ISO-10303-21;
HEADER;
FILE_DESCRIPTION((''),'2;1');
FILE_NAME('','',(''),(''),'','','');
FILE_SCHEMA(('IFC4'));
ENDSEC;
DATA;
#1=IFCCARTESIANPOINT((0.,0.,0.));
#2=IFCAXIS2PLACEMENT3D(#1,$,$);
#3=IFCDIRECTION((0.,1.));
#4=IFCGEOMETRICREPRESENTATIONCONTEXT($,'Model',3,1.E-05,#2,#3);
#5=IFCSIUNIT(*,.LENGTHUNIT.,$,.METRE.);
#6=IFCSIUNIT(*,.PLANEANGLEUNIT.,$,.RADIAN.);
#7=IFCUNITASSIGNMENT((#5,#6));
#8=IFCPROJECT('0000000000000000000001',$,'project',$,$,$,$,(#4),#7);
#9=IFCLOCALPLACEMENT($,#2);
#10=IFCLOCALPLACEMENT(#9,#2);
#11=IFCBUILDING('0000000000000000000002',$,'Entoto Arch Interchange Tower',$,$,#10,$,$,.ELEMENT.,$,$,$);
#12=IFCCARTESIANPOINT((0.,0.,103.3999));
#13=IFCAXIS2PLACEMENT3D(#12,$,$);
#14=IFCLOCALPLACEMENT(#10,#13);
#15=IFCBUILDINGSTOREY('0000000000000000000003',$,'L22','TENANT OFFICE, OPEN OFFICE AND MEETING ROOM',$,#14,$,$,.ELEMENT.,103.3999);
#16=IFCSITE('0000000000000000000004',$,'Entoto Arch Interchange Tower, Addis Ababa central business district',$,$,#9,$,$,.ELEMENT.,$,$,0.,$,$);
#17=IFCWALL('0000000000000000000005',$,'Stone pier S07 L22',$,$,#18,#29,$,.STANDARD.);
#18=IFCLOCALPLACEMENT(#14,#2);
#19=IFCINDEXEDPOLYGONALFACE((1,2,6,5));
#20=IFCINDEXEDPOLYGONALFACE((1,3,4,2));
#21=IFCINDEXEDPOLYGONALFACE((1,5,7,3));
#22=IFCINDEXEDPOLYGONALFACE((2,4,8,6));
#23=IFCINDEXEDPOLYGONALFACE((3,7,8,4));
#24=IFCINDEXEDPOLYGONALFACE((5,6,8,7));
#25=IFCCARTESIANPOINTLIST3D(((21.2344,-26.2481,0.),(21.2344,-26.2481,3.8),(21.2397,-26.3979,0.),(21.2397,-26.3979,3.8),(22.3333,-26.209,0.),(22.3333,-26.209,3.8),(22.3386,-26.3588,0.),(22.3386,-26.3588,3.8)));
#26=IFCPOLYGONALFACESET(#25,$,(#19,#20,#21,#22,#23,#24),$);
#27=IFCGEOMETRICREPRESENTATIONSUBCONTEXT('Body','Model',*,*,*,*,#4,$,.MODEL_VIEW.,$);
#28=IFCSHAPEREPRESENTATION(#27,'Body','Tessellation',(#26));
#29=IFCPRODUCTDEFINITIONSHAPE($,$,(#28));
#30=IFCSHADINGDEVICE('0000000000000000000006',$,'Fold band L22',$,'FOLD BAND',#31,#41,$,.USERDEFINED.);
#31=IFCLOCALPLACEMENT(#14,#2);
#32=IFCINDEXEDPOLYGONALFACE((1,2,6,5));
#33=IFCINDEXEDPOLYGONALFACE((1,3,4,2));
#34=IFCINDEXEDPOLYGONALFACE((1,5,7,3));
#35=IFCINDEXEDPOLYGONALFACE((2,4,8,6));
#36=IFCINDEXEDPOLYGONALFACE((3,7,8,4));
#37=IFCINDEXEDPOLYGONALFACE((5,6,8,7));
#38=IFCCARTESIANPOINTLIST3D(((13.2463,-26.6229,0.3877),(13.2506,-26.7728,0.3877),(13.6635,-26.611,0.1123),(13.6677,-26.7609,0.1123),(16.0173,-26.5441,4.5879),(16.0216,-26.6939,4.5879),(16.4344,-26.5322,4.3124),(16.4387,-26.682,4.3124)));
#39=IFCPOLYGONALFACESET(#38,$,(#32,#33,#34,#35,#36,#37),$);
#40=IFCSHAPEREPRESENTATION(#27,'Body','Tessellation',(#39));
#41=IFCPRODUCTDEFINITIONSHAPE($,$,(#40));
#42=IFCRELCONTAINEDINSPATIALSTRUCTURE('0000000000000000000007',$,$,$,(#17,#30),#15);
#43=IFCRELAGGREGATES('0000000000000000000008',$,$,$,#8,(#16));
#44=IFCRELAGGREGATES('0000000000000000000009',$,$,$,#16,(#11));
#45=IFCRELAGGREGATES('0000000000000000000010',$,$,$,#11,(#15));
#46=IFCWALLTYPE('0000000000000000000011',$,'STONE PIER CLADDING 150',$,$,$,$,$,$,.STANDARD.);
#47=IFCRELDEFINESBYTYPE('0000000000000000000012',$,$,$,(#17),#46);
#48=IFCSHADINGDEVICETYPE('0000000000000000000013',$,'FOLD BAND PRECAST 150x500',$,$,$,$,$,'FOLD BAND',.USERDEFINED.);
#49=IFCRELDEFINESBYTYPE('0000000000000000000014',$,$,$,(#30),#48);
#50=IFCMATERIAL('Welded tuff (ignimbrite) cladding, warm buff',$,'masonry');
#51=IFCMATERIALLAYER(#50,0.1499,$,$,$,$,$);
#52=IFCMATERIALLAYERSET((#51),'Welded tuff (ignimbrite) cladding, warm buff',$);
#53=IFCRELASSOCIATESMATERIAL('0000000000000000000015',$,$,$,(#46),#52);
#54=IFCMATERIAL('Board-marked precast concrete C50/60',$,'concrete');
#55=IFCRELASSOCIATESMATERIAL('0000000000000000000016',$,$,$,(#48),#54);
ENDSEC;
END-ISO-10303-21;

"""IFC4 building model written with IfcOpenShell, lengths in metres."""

from ifc_helpers import new_model, si_unit, direction, frame, frame_2d, origin, origin_2d, place, context, subcontext, project, spatial, rectangle, extrude, material, layer, layer_set, material_profile, profile_set, type_object, element, save


model = new_model("IFC4")

# Units and contexts
model_context = context("Model", 3, precision=1e-05, world=origin(), true_north=direction((0.0, 1.0)))
body_context = subcontext(model_context, "Body", "Model", "MODEL_VIEW")
ifc_project = project(units=[si_unit("LENGTHUNIT", "METRE"), si_unit("PLANEANGLEUNIT", "RADIAN")], contexts=[model_context])

# Site, building, storey
site_placement = place(None, origin())
site = spatial("IfcSite", under=ifc_project, at=site_placement, Name="Entoto Arch Interchange Tower, Addis Ababa central business district", CompositionType="ELEMENT", RefElevation=0.0)
building_placement = place(site_placement, origin())
building = spatial("IfcBuilding", under=site, at=building_placement, Name="Entoto Arch Interchange Tower", CompositionType="ELEMENT")
storey_placement = place(building_placement, frame((0.0, 0.0, 103.3999)))
storey = spatial("IfcBuildingStorey", under=building, at=storey_placement, Name="L22", Description="TENANT OFFICE, OPEN OFFICE AND MEETING ROOM", CompositionType="ELEMENT", Elevation=103.3999)

# Shared definitions
ifc_material_1 = material(Name="Board-marked precast concrete C50/60", Category="concrete")

# Shared definitions
ifc_material_2 = material(Name="Welded tuff (ignimbrite) cladding, warm buff", Category="masonry")

# Wall
ifc_layer_1 = layer(ifc_material_2, 0.1499)
ifc_layer_set_1 = layer_set([ifc_layer_1], Name="Welded tuff (ignimbrite) cladding, warm buff")
wall_type_1 = type_object("IfcWallType", Name="STONE PIER CLADDING 150", PredefinedType="STANDARD", material=ifc_layer_set_1)
wall_1_placement = place(storey_placement, frame((21.2371, -26.323, 0.0), z_axis=(0.0, 0.0, 1.0), x_axis=(0.999369, 0.035525, 0.0)))
element("IfcWall", 1, at=wall_1_placement, inside=storey, type_object=wall_type_1, Name="Stone pier S07 L22", PredefinedType="STANDARD", context=body_context, shape_type="SweptSolid", body=[
    extrude(rectangle(XDim=1.0996, YDim=0.1499, at=frame_2d((0.5498, 0.0))), origin(), (0.0, 0.0, 1.0), 3.8),
])

# Shading device
ifc_material_profile_1 = material_profile(ifc_material_1, rectangle(XDim=0.1499, YDim=0.5, at=origin_2d()))
ifc_profile_set_1 = profile_set([ifc_material_profile_1], Name="Board-marked precast concrete C50/60")
shading_device_type = type_object("IfcShadingDeviceType", Name="FOLD BAND PRECAST 150x500", ElementType="FOLD BAND", PredefinedType="USERDEFINED", material=ifc_profile_set_1)
shading_device_placement = place(storey_placement, frame((13.457, -26.6919, 0.25), z_axis=(0.550618, 0.01567, 0.83461), x_axis=(-0.028447, 0.999595, 0.0)))
element("IfcShadingDevice", 2, at=shading_device_placement, inside=storey, type_object=shading_device_type, Name="Fold band L22", ObjectType="FOLD BAND", PredefinedType="USERDEFINED", context=body_context, shape_type="SweptSolid", body=[
    extrude(rectangle(XDim=0.1499, YDim=0.5, at=origin_2d()), origin(), (0.0, 0.0, 1.0), 5.0325),
])

save(model, "model.ifc")
